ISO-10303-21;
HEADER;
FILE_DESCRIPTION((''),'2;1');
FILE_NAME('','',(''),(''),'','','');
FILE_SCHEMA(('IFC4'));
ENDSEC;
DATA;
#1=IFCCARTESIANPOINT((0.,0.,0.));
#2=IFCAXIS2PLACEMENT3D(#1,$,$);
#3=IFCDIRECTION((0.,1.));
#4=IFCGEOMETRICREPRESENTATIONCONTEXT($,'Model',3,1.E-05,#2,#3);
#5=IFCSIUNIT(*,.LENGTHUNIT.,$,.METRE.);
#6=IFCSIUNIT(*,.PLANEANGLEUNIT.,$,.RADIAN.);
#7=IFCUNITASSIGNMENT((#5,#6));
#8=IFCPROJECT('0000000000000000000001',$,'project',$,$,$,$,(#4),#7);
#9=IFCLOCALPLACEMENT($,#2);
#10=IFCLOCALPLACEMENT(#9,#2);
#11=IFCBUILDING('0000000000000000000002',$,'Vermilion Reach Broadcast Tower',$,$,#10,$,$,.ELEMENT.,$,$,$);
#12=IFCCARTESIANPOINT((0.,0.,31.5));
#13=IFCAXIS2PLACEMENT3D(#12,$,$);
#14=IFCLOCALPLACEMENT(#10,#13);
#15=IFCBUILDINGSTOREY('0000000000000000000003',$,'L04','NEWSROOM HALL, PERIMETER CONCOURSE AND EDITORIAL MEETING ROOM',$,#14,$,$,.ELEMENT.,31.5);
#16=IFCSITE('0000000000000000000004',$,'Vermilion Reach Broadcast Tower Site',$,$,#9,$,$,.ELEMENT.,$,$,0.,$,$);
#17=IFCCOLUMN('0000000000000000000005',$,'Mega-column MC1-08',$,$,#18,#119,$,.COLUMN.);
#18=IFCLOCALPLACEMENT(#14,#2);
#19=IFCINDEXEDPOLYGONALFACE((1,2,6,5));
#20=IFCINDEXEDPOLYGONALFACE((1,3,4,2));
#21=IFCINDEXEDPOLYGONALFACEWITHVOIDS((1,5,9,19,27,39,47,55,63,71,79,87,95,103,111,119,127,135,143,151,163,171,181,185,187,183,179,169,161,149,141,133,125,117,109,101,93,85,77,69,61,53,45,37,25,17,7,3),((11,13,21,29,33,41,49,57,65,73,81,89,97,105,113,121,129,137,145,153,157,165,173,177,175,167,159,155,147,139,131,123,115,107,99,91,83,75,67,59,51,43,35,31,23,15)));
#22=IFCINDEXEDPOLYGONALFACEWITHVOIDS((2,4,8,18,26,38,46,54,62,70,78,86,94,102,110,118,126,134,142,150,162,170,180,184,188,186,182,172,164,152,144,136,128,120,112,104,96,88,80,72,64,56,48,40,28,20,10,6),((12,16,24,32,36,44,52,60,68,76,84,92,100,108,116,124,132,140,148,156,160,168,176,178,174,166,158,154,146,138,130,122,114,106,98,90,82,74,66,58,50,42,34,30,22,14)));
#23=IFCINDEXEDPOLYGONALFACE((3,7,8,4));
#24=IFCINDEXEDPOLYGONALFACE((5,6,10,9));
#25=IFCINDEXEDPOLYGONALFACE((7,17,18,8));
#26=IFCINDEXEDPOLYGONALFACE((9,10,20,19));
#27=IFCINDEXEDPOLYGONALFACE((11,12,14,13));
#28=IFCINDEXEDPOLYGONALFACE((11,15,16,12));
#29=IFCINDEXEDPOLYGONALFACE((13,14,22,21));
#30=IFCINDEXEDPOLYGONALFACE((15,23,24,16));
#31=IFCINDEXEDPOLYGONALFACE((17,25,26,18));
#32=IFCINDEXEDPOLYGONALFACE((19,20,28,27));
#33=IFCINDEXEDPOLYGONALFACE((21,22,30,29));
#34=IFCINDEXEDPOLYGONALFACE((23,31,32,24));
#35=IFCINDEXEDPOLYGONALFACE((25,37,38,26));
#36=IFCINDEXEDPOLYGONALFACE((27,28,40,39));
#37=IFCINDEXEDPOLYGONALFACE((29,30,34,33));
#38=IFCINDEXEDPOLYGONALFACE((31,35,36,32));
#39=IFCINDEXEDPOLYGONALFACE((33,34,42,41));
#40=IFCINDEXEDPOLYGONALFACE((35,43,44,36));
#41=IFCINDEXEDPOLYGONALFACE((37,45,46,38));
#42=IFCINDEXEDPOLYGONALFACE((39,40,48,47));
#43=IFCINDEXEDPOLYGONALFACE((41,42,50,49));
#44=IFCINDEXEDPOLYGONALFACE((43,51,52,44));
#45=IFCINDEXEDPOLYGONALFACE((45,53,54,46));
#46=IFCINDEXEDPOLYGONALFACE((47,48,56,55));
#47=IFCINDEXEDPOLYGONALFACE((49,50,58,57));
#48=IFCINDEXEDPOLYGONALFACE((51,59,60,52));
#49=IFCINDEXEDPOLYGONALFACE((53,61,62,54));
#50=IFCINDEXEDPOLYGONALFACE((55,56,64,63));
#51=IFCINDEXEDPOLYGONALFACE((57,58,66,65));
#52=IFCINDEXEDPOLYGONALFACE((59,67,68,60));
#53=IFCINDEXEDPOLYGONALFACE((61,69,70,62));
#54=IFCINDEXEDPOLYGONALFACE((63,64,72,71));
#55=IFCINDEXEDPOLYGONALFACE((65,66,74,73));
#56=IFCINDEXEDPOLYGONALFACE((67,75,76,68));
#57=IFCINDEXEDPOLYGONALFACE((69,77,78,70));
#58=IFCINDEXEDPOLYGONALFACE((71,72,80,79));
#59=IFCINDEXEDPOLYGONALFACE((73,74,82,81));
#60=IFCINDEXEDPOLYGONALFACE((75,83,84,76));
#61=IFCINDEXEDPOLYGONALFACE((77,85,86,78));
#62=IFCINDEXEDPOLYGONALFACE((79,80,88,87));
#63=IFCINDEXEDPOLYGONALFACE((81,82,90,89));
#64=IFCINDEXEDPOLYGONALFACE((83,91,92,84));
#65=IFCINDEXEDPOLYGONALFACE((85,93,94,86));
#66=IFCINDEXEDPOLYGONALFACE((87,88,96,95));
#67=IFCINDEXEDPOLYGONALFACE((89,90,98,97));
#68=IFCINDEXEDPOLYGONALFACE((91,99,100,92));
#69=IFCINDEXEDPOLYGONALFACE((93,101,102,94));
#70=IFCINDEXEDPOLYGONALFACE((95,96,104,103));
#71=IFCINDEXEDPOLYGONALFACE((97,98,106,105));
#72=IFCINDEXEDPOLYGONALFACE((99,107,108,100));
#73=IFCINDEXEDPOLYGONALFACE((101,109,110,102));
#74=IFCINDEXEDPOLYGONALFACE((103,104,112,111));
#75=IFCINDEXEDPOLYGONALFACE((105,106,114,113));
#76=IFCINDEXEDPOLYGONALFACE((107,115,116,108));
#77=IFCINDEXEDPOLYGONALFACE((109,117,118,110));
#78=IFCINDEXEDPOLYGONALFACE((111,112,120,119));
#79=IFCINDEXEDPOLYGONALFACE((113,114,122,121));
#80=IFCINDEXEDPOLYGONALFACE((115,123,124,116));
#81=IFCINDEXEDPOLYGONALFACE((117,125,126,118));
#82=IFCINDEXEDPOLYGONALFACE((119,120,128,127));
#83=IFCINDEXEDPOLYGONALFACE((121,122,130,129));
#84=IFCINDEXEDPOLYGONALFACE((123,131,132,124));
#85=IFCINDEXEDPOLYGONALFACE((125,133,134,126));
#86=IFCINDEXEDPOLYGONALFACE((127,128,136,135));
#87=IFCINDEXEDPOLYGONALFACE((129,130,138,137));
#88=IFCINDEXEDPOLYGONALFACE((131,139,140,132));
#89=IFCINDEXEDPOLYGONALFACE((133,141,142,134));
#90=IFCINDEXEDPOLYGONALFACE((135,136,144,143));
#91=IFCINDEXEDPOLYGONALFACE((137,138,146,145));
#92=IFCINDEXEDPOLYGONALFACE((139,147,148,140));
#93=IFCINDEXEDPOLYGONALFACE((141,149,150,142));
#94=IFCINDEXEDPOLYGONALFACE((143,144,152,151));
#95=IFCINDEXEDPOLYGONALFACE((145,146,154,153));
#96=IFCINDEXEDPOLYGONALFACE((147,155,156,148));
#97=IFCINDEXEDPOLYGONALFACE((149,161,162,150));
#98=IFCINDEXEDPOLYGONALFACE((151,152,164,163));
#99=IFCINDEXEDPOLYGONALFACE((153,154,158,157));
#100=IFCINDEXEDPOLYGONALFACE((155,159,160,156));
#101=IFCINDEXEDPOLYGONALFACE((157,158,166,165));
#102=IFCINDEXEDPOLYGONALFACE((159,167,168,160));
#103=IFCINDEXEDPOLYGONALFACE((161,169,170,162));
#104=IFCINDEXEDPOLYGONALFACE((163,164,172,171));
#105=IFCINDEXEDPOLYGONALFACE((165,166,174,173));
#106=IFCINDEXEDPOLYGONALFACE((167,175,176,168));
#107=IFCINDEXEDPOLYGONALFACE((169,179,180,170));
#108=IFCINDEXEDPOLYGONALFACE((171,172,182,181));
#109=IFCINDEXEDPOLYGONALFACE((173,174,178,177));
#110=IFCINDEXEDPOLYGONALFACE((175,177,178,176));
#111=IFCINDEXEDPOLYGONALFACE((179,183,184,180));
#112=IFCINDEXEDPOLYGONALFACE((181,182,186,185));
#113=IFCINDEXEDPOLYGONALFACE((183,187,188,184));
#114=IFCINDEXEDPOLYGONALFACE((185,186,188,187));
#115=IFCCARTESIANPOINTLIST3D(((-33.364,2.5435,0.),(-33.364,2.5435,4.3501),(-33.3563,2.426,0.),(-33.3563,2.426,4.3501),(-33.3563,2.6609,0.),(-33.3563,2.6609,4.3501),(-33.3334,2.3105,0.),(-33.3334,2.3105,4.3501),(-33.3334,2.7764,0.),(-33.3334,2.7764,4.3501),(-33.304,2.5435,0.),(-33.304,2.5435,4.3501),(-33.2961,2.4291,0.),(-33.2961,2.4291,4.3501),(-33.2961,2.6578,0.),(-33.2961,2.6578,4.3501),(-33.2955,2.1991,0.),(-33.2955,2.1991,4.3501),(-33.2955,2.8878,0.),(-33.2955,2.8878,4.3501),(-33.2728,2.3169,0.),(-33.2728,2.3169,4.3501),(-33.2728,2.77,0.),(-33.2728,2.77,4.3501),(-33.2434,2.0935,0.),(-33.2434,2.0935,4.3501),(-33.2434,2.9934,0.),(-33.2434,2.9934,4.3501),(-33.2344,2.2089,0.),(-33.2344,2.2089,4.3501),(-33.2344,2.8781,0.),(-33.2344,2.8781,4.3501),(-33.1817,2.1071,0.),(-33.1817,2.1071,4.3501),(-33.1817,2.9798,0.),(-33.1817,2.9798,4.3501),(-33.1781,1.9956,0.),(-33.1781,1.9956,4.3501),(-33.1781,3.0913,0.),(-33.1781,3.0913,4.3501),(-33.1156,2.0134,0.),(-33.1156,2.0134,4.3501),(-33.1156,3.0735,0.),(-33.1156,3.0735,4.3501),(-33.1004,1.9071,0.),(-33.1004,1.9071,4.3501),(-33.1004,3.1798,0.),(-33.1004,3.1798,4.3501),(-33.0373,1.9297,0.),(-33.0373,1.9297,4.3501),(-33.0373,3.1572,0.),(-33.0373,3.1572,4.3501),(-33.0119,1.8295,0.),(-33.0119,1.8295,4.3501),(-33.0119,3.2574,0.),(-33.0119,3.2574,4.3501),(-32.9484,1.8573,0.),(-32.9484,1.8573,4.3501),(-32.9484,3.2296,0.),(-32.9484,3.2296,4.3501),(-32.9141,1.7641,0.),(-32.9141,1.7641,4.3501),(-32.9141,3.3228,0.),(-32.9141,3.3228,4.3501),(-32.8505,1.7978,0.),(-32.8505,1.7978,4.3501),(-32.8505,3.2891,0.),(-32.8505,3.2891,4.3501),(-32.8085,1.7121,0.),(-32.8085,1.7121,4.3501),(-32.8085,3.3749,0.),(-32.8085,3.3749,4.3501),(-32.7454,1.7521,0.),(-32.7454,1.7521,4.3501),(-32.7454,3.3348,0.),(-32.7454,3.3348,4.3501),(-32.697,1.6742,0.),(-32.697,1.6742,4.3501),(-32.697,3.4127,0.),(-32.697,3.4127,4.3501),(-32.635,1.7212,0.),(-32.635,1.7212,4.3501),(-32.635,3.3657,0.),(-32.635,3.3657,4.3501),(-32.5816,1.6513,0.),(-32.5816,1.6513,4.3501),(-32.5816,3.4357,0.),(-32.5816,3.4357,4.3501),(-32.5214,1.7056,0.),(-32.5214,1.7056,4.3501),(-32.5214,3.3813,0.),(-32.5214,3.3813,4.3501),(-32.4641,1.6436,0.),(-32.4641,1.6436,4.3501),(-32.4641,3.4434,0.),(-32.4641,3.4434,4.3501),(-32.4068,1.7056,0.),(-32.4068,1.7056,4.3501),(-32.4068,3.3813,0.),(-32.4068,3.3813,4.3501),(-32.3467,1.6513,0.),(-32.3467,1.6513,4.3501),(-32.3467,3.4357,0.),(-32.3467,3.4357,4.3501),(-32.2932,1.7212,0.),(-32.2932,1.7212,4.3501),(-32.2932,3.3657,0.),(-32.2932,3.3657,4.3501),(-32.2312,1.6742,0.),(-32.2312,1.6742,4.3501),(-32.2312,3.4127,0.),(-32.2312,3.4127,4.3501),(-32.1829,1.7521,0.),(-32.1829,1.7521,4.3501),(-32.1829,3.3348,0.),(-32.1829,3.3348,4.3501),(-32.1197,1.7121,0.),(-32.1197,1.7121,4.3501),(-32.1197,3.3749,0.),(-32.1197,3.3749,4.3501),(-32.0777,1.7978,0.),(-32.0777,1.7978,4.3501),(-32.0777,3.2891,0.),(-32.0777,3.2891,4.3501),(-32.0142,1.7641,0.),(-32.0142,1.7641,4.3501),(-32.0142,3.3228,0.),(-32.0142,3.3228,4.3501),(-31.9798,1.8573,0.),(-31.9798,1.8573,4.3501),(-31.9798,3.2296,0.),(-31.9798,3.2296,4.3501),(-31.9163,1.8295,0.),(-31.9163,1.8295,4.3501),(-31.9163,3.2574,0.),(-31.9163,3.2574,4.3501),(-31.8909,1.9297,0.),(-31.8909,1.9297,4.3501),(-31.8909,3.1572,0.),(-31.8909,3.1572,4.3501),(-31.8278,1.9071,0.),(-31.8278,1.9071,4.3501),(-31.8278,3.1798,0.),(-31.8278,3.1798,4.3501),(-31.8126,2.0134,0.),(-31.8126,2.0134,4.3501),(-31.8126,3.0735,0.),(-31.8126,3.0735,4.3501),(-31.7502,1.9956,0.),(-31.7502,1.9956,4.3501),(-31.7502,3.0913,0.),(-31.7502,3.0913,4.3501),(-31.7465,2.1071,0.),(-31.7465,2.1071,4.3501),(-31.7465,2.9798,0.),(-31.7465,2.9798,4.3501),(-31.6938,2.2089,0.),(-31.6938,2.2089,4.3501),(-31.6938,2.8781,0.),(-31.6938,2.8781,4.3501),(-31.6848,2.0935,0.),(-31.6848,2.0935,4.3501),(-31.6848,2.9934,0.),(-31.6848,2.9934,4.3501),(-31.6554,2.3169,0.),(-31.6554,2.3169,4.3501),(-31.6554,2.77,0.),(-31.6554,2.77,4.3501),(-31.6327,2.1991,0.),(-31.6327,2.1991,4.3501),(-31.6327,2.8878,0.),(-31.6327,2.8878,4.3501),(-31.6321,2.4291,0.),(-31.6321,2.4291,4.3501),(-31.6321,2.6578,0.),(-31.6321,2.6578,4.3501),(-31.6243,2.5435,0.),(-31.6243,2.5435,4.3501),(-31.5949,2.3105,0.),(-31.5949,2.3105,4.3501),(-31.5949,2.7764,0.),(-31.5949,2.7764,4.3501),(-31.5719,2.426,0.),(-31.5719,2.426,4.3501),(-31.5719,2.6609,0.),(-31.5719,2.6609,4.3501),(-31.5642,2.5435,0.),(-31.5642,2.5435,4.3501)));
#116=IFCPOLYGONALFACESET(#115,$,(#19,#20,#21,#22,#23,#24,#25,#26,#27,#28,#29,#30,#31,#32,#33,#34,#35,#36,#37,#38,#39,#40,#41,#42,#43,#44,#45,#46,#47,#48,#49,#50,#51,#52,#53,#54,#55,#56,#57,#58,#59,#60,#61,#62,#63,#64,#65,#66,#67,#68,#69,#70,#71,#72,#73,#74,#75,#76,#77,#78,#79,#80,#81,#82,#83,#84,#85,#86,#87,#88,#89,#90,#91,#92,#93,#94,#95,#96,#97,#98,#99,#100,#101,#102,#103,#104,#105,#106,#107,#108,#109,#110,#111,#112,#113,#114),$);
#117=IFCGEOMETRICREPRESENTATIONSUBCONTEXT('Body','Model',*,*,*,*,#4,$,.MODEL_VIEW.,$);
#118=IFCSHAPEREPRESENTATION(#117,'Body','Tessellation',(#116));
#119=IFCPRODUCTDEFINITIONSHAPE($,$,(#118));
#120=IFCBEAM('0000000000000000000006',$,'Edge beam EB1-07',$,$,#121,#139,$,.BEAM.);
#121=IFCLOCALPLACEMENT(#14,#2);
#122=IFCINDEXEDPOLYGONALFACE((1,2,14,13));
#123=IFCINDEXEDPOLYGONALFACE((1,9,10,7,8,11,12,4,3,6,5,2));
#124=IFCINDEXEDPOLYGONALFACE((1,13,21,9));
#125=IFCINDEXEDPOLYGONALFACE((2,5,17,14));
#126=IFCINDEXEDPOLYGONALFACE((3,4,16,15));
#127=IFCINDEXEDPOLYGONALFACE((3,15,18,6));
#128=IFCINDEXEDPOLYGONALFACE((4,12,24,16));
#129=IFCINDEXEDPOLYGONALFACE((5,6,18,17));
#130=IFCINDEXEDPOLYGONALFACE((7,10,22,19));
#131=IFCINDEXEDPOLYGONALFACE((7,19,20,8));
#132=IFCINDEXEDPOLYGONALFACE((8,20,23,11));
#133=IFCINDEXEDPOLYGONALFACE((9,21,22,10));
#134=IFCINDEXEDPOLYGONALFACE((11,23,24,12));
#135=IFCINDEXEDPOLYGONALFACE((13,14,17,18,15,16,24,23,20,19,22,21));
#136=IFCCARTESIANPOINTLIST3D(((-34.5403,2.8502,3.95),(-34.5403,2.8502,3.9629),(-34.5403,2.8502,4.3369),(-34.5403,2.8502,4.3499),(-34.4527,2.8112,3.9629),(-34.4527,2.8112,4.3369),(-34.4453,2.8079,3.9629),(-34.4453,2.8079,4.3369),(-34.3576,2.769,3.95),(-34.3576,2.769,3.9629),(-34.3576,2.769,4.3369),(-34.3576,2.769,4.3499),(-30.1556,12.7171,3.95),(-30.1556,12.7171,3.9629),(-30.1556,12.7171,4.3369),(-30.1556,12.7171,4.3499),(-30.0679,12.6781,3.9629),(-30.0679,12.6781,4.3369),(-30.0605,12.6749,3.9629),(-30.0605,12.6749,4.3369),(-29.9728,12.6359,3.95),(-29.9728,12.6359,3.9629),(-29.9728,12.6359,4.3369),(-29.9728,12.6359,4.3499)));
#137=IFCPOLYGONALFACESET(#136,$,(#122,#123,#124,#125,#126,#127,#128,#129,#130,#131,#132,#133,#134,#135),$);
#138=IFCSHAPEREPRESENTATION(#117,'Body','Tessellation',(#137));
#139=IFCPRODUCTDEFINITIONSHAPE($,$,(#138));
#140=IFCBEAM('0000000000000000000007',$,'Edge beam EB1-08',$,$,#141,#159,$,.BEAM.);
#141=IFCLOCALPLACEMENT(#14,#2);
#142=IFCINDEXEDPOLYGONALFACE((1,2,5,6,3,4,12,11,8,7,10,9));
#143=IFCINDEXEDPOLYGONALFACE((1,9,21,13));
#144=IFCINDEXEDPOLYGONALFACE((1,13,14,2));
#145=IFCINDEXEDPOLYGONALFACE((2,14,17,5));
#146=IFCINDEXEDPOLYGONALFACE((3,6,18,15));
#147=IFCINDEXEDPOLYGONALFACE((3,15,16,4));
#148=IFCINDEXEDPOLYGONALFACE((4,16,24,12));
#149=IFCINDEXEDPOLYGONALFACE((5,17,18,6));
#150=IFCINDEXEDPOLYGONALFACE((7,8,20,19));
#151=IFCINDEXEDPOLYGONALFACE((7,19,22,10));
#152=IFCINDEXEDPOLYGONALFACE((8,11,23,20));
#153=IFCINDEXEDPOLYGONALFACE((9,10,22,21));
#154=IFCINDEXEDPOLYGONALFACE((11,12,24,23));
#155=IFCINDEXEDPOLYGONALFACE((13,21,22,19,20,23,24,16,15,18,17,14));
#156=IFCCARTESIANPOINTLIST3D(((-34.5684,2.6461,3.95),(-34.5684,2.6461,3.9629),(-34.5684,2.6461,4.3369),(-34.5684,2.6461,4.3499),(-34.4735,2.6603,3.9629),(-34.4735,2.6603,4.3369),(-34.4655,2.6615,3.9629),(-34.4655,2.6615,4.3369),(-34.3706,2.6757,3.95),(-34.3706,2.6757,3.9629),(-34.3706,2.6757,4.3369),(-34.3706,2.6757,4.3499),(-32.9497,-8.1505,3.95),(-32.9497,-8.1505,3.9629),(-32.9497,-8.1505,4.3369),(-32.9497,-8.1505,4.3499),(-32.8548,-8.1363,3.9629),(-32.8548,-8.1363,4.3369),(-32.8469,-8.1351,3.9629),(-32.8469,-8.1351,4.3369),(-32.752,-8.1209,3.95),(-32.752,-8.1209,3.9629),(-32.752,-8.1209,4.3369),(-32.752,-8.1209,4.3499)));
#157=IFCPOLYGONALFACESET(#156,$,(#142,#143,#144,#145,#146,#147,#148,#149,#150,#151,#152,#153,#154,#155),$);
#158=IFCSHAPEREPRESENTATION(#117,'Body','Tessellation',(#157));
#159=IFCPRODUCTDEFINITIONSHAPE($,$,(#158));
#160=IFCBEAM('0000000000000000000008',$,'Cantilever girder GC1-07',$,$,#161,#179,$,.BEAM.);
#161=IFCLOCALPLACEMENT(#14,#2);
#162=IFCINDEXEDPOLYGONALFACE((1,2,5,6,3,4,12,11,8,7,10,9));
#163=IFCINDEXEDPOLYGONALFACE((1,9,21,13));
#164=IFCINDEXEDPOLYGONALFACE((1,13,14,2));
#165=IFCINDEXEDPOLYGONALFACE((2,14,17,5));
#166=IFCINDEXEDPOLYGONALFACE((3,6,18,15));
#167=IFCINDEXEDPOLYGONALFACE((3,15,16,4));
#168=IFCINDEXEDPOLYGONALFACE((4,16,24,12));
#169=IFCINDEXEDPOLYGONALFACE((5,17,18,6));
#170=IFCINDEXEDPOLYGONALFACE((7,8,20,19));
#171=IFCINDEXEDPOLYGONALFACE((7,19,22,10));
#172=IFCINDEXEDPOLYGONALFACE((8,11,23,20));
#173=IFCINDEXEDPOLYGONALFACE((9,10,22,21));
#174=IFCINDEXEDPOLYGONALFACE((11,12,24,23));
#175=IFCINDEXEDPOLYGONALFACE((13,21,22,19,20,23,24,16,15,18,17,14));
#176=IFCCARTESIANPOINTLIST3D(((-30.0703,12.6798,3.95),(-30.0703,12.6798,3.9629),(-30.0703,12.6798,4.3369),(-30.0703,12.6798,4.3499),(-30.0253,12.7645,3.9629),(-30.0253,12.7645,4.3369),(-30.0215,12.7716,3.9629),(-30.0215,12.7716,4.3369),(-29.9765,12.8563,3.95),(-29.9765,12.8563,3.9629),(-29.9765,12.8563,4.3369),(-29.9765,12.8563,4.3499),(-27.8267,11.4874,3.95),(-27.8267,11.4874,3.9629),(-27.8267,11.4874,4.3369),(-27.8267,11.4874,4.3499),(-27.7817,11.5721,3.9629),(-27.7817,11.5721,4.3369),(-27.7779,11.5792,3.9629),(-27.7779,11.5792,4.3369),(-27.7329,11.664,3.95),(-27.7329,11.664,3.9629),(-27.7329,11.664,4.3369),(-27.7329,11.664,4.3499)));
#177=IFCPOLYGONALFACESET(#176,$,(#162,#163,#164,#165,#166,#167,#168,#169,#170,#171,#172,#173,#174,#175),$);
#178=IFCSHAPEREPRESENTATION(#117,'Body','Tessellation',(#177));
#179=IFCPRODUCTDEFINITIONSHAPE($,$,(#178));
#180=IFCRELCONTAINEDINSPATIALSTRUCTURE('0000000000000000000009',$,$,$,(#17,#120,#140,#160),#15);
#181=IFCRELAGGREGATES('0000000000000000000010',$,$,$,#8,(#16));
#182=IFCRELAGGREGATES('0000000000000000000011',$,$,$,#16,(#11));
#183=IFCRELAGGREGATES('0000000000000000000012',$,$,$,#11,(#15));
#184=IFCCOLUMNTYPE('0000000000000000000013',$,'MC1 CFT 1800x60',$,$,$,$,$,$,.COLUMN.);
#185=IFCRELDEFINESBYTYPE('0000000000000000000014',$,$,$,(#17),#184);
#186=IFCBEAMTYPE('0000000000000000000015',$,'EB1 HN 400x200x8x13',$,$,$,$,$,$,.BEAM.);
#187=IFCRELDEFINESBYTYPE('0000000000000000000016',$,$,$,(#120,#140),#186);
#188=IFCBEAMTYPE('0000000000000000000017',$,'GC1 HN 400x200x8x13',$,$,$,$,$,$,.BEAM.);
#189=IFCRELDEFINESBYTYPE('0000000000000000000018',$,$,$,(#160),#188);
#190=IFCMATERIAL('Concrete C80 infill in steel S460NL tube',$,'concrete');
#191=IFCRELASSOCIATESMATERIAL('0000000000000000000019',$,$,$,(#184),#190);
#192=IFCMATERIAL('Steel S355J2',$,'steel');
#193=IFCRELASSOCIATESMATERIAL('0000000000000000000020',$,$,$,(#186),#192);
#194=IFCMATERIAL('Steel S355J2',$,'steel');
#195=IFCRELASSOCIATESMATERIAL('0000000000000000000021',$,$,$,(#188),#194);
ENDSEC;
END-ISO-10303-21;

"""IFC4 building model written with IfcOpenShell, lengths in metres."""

from ifc_helpers import new_model, si_unit, direction, frame, origin, origin_2d, place, context, subcontext, project, spatial, hollow_circle, i_section, extrude, material, material_profile, profile_set, type_object, element, save


model = new_model("IFC4")

# Units and contexts
model_context = context("Model", 3, precision=1e-05, world=origin(), true_north=direction((0.0, 1.0)))
body_context = subcontext(model_context, "Body", "Model", "MODEL_VIEW")
ifc_project = project(units=[si_unit("LENGTHUNIT", "METRE"), si_unit("PLANEANGLEUNIT", "RADIAN")], contexts=[model_context])

# Site, building, storey
site_placement = place(None, origin())
site = spatial("IfcSite", under=ifc_project, at=site_placement, Name="Vermilion Reach Broadcast Tower Site", CompositionType="ELEMENT", RefElevation=0.0)
building_placement = place(site_placement, origin())
building = spatial("IfcBuilding", under=site, at=building_placement, Name="Vermilion Reach Broadcast Tower", CompositionType="ELEMENT")
storey_placement = place(building_placement, frame((0.0, 0.0, 31.5)))
storey = spatial("IfcBuildingStorey", under=building, at=storey_placement, Name="L04", Description="NEWSROOM HALL, PERIMETER CONCOURSE AND EDITORIAL MEETING ROOM", CompositionType="ELEMENT", Elevation=31.5)

# Column
ifc_material_1 = material(Name="Concrete C80 infill in steel S460NL tube", Category="concrete")
ifc_material_profile_1 = material_profile(ifc_material_1, hollow_circle(Radius=0.8999, WallThickness=0.0601, at=origin_2d()), Name="Concrete C80 infill in steel S460NL tube CFT 1800x60")
ifc_profile_set_1 = profile_set([ifc_material_profile_1], Name="Concrete C80 infill in steel S460NL tube")
column_type = type_object("IfcColumnType", Name="MC1 CFT 1800x60", PredefinedType="COLUMN", material=ifc_profile_set_1)
for number, where, z_axis, x_axis, name in (
    (1, (-32.4641, 2.5435, 0.0), (0.0, 0.0, 1.0), (1.0, 0.0, 0.0), "Mega-column MC1-08"),
):
    element("IfcColumn", number, at=place(storey_placement, frame(where, z_axis=z_axis, x_axis=x_axis)), inside=storey, type_object=column_type, Name=name, PredefinedType="COLUMN", context=body_context, shape_type="SweptSolid", body=[
        extrude(hollow_circle(Radius=0.8999, WallThickness=0.0601, at=origin_2d()), origin(), (0.0, 0.0, 1.0), 4.3501),
    ])

# Beams
ifc_material_2 = material(Name="Steel S355J2", Category="steel")
ifc_material_profile_2 = material_profile(ifc_material_2, i_section(OverallWidth=0.2, OverallDepth=0.3999, WebThickness=0.0081, FlangeThickness=0.0129, at=origin_2d()), Name="S355J2 HN 400x200x8x13")
ifc_profile_set_2 = profile_set([ifc_material_profile_2], Name="Steel S355J2")
beam_type_1 = type_object("IfcBeamType", Name="EB1 HN 400x200x8x13", PredefinedType="BEAM", material=ifc_profile_set_2)
beam_1_placement = place(storey_placement, frame((-30.0642, 12.6765, 4.1499), z_axis=(-0.406097, -0.91383, 0.0), x_axis=(0.91383, -0.406097, 0.0)))
element("IfcBeam", 2, at=beam_1_placement, inside=storey, type_object=beam_type_1, Name="Edge beam EB1-07", PredefinedType="BEAM", context=body_context, shape_type="SweptSolid", body=[
    extrude(i_section(OverallWidth=0.2, OverallDepth=0.3999, WebThickness=0.0081, FlangeThickness=0.0129, at=origin_2d()), origin(), (0.0, 0.0, 1.0), 10.7974),
])
beam_2_placement = place(storey_placement, frame((-34.4695, 2.6609, 4.1499), z_axis=(0.148265, -0.988948, 0.0), x_axis=(0.988948, 0.148265, 0.0)))
element("IfcBeam", 3, at=beam_2_placement, inside=storey, type_object=beam_type_1, Name="Edge beam EB1-08", PredefinedType="BEAM", context=body_context, shape_type="SweptSolid", body=[
    extrude(i_section(OverallWidth=0.2, OverallDepth=0.3999, WebThickness=0.0081, FlangeThickness=0.0129, at=origin_2d()), origin(), (0.0, 0.0, 1.0), 10.9172),
])
ifc_material_3 = material(Name="Steel S355J2", Category="steel")
ifc_material_profile_3 = material_profile(ifc_material_3, i_section(OverallWidth=0.2, OverallDepth=0.3999, WebThickness=0.0081, FlangeThickness=0.0129, at=origin_2d()), Name="S355J2 HN 400x200x8x13")
ifc_profile_set_3 = profile_set([ifc_material_profile_3], Name="Steel S355J2")
beam_type_2 = type_object("IfcBeamType", Name="GC1 HN 400x200x8x13", PredefinedType="BEAM", material=ifc_profile_set_3)
beam_3_placement = place(storey_placement, frame((-27.7798, 11.5757, 4.1499), z_axis=(-0.883044, 0.469291, 0.0), x_axis=(-0.469291, -0.883044, 0.0)))
element("IfcBeam", 4, at=beam_3_placement, inside=storey, type_object=beam_type_2, Name="Cantilever girder GC1-07", PredefinedType="BEAM", context=body_context, shape_type="SweptSolid", body=[
    extrude(i_section(OverallWidth=0.2, OverallDepth=0.3999, WebThickness=0.0081, FlangeThickness=0.0129, at=origin_2d()), origin(), (0.0, 0.0, 1.0), 2.5408),
])

save(model, "model.ifc")
